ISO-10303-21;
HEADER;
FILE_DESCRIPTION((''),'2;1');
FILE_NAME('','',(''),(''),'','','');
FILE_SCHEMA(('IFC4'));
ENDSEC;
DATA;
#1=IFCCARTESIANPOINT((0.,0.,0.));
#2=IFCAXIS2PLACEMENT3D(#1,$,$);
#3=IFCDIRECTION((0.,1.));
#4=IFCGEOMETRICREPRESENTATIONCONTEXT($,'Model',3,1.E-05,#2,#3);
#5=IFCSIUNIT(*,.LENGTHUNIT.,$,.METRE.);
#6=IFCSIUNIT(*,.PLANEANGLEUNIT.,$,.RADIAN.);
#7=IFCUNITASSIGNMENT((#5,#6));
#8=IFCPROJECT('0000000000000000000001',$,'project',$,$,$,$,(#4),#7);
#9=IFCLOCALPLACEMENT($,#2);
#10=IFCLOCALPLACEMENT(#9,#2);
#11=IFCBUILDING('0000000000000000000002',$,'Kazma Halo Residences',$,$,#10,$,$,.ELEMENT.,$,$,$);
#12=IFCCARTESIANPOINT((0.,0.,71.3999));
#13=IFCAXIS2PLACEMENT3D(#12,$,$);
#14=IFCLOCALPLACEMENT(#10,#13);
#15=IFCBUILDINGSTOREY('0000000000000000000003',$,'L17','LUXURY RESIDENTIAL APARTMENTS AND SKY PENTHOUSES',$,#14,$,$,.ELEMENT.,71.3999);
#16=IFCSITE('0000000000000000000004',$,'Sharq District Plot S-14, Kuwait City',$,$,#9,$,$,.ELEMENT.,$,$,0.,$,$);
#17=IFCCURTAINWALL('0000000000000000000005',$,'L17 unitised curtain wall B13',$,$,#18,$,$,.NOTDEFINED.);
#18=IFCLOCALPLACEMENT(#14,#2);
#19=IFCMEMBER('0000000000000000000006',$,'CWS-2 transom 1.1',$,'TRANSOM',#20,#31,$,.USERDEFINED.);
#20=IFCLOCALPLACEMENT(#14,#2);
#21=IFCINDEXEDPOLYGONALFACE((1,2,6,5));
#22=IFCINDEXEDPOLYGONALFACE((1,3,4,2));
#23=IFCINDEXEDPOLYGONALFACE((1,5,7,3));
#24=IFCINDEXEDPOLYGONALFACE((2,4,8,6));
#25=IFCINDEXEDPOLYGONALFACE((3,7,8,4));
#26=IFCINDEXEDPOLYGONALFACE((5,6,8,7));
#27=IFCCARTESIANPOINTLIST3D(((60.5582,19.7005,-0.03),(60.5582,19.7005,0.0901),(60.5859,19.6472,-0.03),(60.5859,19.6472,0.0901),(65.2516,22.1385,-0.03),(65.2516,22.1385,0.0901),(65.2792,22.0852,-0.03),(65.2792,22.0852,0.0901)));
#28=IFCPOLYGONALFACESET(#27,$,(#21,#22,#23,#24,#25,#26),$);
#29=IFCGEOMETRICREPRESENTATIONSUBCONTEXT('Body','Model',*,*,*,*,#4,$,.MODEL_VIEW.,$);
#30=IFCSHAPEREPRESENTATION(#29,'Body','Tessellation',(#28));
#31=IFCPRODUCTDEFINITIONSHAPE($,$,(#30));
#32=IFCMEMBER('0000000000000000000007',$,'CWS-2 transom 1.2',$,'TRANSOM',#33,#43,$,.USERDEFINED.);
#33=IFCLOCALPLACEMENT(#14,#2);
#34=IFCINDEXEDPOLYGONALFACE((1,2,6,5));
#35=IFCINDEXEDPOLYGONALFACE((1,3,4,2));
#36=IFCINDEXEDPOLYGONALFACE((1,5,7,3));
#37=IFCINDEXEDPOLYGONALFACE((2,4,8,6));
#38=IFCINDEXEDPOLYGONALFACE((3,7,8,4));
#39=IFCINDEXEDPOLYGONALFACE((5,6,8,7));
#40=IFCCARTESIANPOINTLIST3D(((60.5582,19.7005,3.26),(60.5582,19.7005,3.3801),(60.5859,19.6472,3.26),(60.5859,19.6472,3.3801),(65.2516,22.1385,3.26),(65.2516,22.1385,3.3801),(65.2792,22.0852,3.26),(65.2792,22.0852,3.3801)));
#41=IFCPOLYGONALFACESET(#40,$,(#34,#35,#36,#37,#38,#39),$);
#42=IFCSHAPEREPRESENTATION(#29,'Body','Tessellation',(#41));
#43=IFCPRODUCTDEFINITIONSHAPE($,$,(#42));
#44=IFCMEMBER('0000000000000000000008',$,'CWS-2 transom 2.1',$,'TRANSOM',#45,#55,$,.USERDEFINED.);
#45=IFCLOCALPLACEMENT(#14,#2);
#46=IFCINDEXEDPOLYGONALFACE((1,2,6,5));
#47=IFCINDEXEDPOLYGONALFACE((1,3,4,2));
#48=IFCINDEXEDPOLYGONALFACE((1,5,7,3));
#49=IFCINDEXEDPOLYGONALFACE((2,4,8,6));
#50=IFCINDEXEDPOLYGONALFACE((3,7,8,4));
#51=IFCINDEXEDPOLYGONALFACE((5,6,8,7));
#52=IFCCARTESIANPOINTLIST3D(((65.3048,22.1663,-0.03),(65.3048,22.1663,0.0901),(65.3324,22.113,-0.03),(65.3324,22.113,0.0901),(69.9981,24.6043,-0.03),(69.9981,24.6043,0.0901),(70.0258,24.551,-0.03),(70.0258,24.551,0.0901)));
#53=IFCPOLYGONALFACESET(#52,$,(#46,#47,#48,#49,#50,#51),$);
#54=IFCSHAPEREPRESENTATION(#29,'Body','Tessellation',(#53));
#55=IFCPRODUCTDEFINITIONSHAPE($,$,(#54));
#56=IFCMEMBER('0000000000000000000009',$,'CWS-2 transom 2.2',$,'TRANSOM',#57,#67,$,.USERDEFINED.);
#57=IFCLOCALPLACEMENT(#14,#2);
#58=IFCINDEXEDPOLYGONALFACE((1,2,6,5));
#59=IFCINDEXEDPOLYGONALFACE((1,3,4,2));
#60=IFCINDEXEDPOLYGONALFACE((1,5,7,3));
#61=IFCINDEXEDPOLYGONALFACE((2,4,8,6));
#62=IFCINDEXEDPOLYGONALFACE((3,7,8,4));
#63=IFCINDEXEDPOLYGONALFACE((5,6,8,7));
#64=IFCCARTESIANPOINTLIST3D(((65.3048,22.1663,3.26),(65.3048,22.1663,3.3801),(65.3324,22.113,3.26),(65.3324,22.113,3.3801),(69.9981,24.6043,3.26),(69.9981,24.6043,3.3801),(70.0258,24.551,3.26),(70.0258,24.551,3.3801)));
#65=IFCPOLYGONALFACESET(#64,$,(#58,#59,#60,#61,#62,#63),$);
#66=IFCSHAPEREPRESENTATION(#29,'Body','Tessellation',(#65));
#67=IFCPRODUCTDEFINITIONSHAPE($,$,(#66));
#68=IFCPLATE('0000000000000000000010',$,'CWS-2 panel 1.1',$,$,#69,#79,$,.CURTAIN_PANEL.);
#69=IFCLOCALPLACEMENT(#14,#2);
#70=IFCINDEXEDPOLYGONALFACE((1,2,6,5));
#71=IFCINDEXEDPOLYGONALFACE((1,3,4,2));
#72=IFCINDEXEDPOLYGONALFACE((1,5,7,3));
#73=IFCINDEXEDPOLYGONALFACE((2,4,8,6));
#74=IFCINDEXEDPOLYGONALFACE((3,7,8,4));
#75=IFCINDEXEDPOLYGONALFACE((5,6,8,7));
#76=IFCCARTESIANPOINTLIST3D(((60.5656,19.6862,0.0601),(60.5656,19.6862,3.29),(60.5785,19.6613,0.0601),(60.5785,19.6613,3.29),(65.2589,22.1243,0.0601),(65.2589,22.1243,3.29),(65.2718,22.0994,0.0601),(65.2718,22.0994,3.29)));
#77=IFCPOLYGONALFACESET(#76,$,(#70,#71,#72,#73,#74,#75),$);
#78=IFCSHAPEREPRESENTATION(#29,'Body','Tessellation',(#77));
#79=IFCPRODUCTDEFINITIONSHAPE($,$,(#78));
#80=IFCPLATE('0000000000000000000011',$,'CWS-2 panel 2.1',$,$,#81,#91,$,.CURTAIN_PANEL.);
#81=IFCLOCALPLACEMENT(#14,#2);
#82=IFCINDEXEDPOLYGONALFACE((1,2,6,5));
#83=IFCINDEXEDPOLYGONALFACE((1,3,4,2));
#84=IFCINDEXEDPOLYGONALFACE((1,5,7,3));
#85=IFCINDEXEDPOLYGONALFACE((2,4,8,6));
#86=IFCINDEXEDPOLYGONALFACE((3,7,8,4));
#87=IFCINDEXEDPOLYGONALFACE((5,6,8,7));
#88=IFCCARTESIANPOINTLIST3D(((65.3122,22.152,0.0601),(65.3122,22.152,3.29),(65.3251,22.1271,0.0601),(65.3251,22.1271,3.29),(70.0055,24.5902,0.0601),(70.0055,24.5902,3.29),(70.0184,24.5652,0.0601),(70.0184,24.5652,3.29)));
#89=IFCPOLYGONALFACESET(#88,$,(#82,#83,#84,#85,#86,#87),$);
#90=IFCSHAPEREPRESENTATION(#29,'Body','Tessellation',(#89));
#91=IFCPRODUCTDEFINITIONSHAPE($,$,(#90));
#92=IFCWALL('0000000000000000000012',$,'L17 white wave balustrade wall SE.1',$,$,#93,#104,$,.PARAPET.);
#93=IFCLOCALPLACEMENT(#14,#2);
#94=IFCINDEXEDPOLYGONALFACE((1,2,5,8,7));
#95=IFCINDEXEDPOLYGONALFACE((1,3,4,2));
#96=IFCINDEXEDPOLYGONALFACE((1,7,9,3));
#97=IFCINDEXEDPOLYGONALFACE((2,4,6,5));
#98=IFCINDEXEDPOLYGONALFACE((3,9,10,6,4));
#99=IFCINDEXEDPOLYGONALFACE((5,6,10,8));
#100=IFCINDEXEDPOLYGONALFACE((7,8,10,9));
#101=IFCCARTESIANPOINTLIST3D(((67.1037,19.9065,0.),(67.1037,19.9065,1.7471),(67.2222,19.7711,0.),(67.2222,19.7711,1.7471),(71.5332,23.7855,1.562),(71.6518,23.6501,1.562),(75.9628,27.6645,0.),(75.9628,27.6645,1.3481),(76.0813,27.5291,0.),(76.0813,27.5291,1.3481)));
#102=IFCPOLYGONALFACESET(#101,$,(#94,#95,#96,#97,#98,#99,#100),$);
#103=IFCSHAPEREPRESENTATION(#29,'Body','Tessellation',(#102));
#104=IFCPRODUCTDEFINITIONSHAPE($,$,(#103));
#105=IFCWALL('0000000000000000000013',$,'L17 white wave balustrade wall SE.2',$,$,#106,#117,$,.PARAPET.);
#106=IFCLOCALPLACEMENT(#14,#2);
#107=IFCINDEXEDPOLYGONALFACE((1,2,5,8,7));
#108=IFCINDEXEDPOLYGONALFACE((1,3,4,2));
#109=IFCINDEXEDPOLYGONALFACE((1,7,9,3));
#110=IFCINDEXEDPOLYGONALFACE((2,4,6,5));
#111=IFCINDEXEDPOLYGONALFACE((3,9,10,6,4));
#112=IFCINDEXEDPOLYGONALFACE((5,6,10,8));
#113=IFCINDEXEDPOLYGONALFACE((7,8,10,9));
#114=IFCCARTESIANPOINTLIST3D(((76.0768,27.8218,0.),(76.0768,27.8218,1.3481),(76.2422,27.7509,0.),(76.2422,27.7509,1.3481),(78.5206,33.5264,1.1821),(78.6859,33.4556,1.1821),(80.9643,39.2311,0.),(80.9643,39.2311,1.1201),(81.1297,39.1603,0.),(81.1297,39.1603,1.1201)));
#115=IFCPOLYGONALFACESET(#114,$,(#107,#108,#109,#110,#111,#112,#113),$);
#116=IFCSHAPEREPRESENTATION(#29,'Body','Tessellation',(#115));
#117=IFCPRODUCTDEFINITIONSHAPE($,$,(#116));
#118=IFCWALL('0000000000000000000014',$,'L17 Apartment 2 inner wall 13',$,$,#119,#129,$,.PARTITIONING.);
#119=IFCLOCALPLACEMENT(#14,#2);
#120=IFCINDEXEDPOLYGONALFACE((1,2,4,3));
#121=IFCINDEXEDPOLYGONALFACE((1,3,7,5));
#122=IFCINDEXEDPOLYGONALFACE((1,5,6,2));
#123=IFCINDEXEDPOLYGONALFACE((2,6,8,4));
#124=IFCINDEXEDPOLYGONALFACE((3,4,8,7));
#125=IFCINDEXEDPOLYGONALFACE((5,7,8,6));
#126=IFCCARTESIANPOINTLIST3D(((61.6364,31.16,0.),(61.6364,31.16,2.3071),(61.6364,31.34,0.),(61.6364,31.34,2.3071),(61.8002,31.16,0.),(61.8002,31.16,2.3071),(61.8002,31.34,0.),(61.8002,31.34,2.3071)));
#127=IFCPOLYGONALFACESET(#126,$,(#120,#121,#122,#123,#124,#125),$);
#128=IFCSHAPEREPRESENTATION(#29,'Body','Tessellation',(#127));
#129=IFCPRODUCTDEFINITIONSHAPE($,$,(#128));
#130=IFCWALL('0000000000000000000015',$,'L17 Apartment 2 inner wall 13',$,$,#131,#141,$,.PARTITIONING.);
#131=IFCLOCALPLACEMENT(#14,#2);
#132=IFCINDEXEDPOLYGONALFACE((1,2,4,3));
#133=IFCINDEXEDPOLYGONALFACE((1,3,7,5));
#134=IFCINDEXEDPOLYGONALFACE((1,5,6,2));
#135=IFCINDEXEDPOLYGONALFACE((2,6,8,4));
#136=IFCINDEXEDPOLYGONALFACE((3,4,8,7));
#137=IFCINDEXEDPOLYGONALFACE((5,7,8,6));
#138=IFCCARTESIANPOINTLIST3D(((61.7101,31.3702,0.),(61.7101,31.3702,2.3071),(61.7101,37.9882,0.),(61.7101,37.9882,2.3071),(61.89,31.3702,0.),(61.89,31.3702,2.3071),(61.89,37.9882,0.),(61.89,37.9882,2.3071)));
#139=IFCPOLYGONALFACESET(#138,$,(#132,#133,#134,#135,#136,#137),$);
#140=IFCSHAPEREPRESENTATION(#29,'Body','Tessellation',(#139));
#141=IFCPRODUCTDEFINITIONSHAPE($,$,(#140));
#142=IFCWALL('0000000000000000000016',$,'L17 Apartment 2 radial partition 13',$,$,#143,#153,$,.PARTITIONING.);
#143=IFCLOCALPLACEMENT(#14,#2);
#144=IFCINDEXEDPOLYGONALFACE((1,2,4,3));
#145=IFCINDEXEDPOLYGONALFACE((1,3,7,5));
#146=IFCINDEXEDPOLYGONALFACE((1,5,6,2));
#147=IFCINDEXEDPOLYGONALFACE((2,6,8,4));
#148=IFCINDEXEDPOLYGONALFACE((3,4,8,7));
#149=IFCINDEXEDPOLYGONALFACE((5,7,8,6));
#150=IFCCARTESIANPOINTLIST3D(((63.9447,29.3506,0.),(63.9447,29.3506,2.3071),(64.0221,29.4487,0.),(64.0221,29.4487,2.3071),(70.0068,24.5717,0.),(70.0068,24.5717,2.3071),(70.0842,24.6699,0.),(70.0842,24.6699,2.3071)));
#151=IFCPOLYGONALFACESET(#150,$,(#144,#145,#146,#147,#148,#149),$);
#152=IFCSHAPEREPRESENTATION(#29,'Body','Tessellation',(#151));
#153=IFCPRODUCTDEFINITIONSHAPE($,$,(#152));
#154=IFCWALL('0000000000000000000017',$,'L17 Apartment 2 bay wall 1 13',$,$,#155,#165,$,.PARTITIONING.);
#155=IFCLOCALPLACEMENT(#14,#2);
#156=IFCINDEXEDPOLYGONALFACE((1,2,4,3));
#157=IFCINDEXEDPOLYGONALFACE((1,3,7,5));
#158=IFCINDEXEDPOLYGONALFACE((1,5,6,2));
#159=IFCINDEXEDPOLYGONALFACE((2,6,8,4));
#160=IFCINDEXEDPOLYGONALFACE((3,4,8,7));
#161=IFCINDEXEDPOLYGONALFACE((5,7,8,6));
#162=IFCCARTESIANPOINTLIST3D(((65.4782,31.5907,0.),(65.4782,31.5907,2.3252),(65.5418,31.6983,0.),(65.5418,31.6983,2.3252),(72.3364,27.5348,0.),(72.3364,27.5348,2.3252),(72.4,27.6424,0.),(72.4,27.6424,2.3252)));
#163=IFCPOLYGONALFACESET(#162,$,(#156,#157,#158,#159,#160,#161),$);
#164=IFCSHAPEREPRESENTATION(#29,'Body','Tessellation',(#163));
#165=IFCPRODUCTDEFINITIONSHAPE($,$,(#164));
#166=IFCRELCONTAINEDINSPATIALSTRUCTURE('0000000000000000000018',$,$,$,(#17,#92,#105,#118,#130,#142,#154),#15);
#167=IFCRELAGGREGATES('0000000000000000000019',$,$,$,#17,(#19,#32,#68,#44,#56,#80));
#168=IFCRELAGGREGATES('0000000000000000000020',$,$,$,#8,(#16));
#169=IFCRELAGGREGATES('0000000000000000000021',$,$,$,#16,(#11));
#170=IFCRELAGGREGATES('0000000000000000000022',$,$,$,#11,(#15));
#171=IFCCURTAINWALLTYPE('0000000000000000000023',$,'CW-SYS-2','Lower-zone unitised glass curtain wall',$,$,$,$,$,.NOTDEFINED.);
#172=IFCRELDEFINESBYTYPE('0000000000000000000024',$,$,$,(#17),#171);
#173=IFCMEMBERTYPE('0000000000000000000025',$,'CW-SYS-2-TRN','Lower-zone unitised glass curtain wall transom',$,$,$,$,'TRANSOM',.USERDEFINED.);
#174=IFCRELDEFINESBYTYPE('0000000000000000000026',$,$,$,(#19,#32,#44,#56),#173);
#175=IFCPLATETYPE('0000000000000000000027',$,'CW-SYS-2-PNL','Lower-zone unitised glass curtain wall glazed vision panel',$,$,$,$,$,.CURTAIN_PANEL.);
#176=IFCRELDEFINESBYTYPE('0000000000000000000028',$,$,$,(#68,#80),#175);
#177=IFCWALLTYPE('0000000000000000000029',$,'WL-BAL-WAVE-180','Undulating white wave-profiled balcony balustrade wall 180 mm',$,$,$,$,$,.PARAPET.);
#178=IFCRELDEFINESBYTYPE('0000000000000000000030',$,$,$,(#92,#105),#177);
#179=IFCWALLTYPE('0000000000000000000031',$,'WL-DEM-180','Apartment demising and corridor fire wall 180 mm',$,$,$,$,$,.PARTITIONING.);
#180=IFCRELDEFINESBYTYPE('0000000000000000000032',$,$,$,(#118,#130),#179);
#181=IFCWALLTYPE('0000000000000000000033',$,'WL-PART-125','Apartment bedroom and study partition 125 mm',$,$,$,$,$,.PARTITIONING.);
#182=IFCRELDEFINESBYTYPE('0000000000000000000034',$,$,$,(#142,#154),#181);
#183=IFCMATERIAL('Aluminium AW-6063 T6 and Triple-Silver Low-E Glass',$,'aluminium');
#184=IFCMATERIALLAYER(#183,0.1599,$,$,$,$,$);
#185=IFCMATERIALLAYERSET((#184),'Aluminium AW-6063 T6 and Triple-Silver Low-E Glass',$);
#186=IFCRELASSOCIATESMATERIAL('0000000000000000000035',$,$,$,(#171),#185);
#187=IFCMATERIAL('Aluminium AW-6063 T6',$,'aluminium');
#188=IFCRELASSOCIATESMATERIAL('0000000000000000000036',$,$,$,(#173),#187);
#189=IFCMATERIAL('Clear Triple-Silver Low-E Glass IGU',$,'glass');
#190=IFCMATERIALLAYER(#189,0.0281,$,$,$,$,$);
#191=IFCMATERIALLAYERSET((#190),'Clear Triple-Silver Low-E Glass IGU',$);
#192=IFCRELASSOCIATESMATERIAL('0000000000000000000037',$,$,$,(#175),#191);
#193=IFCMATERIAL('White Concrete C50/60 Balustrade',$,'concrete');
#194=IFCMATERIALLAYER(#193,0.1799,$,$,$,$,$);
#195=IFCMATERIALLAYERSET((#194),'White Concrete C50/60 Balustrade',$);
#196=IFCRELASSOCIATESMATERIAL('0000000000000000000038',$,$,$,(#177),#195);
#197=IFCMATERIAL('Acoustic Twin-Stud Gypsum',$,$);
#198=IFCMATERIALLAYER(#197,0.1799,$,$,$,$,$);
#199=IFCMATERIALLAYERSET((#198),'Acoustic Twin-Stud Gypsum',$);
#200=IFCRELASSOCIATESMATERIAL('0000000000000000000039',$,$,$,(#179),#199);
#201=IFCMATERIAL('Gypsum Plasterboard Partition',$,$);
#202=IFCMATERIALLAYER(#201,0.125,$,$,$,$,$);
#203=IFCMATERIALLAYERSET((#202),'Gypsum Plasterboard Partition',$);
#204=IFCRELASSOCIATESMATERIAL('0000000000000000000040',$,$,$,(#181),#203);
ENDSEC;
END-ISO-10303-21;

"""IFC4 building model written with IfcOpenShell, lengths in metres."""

from ifc_helpers import new_model, si_unit, direction, frame, frame_2d, origin, origin_2d, place, context, subcontext, project, spatial, polyline, rectangle, outline, extrude, material, layer, layer_set, material_profile, profile_set, type_object, element, aggregate, save


model = new_model("IFC4")

# Units and contexts
model_context = context("Model", 3, precision=1e-05, world=origin(), true_north=direction((0.0, 1.0)))
body_context = subcontext(model_context, "Body", "Model", "MODEL_VIEW")
ifc_project = project(units=[si_unit("LENGTHUNIT", "METRE"), si_unit("PLANEANGLEUNIT", "RADIAN")], contexts=[model_context])

# Site, building, storey
site_placement = place(None, origin())
site = spatial("IfcSite", under=ifc_project, at=site_placement, Name="Sharq District Plot S-14, Kuwait City", CompositionType="ELEMENT", RefElevation=0.0)
building_placement = place(site_placement, origin())
building = spatial("IfcBuilding", under=site, at=building_placement, Name="Kazma Halo Residences", CompositionType="ELEMENT")
storey_placement = place(building_placement, frame((0.0, 0.0, 71.3999)))
storey = spatial("IfcBuildingStorey", under=building, at=storey_placement, Name="L17", Description="LUXURY RESIDENTIAL APARTMENTS AND SKY PENTHOUSES", CompositionType="ELEMENT", Elevation=71.3999)

# Curtain wall, members, plates
ifc_material_1 = material(Name="Aluminium AW-6063 T6 and Triple-Silver Low-E Glass", Category="aluminium")
ifc_layer_1 = layer(ifc_material_1, 0.1599)
ifc_layer_set_1 = layer_set([ifc_layer_1], Name="Aluminium AW-6063 T6 and Triple-Silver Low-E Glass")
curtain_wall_type = type_object("IfcCurtainWallType", Name="CW-SYS-2", Description="Lower-zone unitised glass curtain wall", PredefinedType="NOTDEFINED", material=ifc_layer_set_1)
curtain_wall_placement = place(storey_placement, origin())
curtain_wall = element("IfcCurtainWall", 1, at=curtain_wall_placement, inside=storey, type_object=curtain_wall_type, Name="L17 unitised curtain wall B13", PredefinedType="NOTDEFINED")
ifc_material_2 = material(Name="Aluminium AW-6063 T6", Category="aluminium")
ifc_material_profile_1 = material_profile(ifc_material_2, rectangle(XDim=0.0601, YDim=0.1201, at=origin_2d()), Name="CWT-60x120")
ifc_profile_set_1 = profile_set([ifc_material_profile_1], Name="Aluminium AW-6063 T6")
member_type_1 = type_object("IfcMemberType", Name="CW-SYS-2-TRN", Description="Lower-zone unitised glass curtain wall transom", ElementType="TRANSOM", PredefinedType="USERDEFINED", material=ifc_profile_set_1)
member_1_placement = place(storey_placement, frame((60.572, 19.6738, 0.03), z_axis=(0.887415, 0.460972, 0.0), x_axis=(-0.460972, 0.887415, 0.0)))
member_1 = element("IfcMember", 2, at=member_1_placement, type_object=member_type_1, Name="CWS-2 transom 1.1", ObjectType="TRANSOM", PredefinedType="USERDEFINED", context=body_context, shape_type="SweptSolid", body=[
    extrude(rectangle(XDim=0.0601, YDim=0.1201, at=origin_2d()), origin(), (0.0, 0.0, 1.0), 5.2888),
])
member_2_placement = place(storey_placement, frame((60.572, 19.6738, 3.3201), z_axis=(0.887415, 0.460972, 0.0), x_axis=(-0.460972, 0.887415, 0.0)))
member_2 = element("IfcMember", 3, at=member_2_placement, type_object=member_type_1, Name="CWS-2 transom 1.2", ObjectType="TRANSOM", PredefinedType="USERDEFINED", context=body_context, shape_type="SweptSolid", body=[
    extrude(rectangle(XDim=0.0601, YDim=0.1201, at=origin_2d()), origin(), (0.0, 0.0, 1.0), 5.2888),
])
member_3_placement = place(storey_placement, frame((65.3186, 22.1396, 0.03), z_axis=(0.887415, 0.460972, 0.0), x_axis=(-0.460972, 0.887415, 0.0)))
member_3 = element("IfcMember", 4, at=member_3_placement, type_object=member_type_1, Name="CWS-2 transom 2.1", ObjectType="TRANSOM", PredefinedType="USERDEFINED", context=body_context, shape_type="SweptSolid", body=[
    extrude(rectangle(XDim=0.0601, YDim=0.1201, at=origin_2d()), origin(), (0.0, 0.0, 1.0), 5.2888),
])
member_4_placement = place(storey_placement, frame((65.3186, 22.1396, 3.3201), z_axis=(0.887415, 0.460972, 0.0), x_axis=(-0.460972, 0.887415, 0.0)))
member_4 = element("IfcMember", 5, at=member_4_placement, type_object=member_type_1, Name="CWS-2 transom 2.2", ObjectType="TRANSOM", PredefinedType="USERDEFINED", context=body_context, shape_type="SweptSolid", body=[
    extrude(rectangle(XDim=0.0601, YDim=0.1201, at=origin_2d()), origin(), (0.0, 0.0, 1.0), 5.2888),
])
ifc_material_3 = material(Name="Clear Triple-Silver Low-E Glass IGU", Category="glass")
ifc_layer_2 = layer(ifc_material_3, 0.0281)
ifc_layer_set_2 = layer_set([ifc_layer_2], Name="Clear Triple-Silver Low-E Glass IGU")
plate_type = type_object("IfcPlateType", Name="CW-SYS-2-PNL", Description="Lower-zone unitised glass curtain wall glazed vision panel", PredefinedType="CURTAIN_PANEL", material=ifc_layer_set_2)
plate_1_placement = place(storey_placement, frame((62.9187, 20.8928, 0.0601), z_axis=(0.0, 0.0, 1.0), x_axis=(0.887402, 0.460996, 0.0)))
plate_1 = element("IfcPlate", 6, at=plate_1_placement, type_object=plate_type, Name="CWS-2 panel 1.1", PredefinedType="CURTAIN_PANEL", context=body_context, shape_type="SweptSolid", body=[
    extrude(rectangle(XDim=5.2888, YDim=0.0281, at=origin_2d()), origin(), (0.0, 0.0, 1.0), 3.23),
])
plate_2_placement = place(storey_placement, frame((67.6653, 23.3586, 0.0601), z_axis=(0.0, 0.0, 1.0), x_axis=(0.887402, 0.460996, 0.0)))
plate_2 = element("IfcPlate", 7, at=plate_2_placement, type_object=plate_type, Name="CWS-2 panel 2.1", PredefinedType="CURTAIN_PANEL", context=body_context, shape_type="SweptSolid", body=[
    extrude(rectangle(XDim=5.2888, YDim=0.0281, at=origin_2d()), origin(), (0.0, 0.0, 1.0), 3.23),
])
aggregate(curtain_wall, [member_1, member_2, plate_1, member_3, member_4, plate_2])

# Walls
ifc_material_4 = material(Name="White Concrete C50/60 Balustrade", Category="concrete")
ifc_layer_3 = layer(ifc_material_4, 0.1799)
ifc_layer_set_3 = layer_set([ifc_layer_3], Name="White Concrete C50/60 Balustrade")
wall_type_1 = type_object("IfcWallType", Name="WL-BAL-WAVE-180", Description="Undulating white wave-profiled balcony balustrade wall 180 mm", PredefinedType="PARAPET", material=ifc_layer_set_3)
wall_1_placement = place(storey_placement, frame((67.1628, 19.8389, 0.0), z_axis=(0.0, 0.0, 1.0), x_axis=(0.752311, 0.658808, 0.0)))
element("IfcWall", 8, at=wall_1_placement, inside=storey, type_object=wall_type_1, Name="L17 white wave balustrade wall SE.1", PredefinedType="PARAPET", context=body_context, shape_type="SweptSolid", body=[
    extrude(outline(polyline([(0.0, 0.0), (11.7759, 0.0), (11.7759, 1.3481), (5.8879, 1.562), (0.0, 1.7471), (0.0, 0.0)])), frame((0.0, 0.0898, 0.0), z_axis=(0.0, -1.0, 0.0), x_axis=(1.0, 0.0, 0.0)), (0.0, 0.0, 1.0), 0.1799),
])
wall_2_placement = place(storey_placement, frame((76.1594, 27.7864, 0.0), z_axis=(0.0, 0.0, 1.0), x_axis=(0.393763, 0.919212, 0.0)))
element("IfcWall", 9, at=wall_2_placement, inside=storey, type_object=wall_type_1, Name="L17 white wave balustrade wall SE.2", PredefinedType="PARAPET", context=body_context, shape_type="SweptSolid", body=[
    extrude(outline(polyline([(0.0, 0.0), (12.4121, 0.0), (12.4121, 1.1201), (6.2061, 1.1821), (0.0, 1.3481), (0.0, 0.0)])), frame((0.0, 0.0898, 0.0), z_axis=(0.0, -1.0, 0.0), x_axis=(1.0, 0.0, 0.0)), (0.0, 0.0, 1.0), 0.1799),
])
ifc_material_5 = material(Name="Acoustic Twin-Stud Gypsum")
ifc_layer_4 = layer(ifc_material_5, 0.1799)
ifc_layer_set_4 = layer_set([ifc_layer_4], Name="Acoustic Twin-Stud Gypsum")
wall_type_2 = type_object("IfcWallType", Name="WL-DEM-180", Description="Apartment demising and corridor fire wall 180 mm", PredefinedType="PARTITIONING", material=ifc_layer_set_4)
wall_3_placement = place(storey_placement, frame((61.6362, 31.25, 0.0), z_axis=(0.0, 0.0, 1.0), x_axis=(1.0, 0.0, 0.0)))
element("IfcWall", 10, at=wall_3_placement, inside=storey, type_object=wall_type_2, Name="L17 Apartment 2 inner wall 13", PredefinedType="PARTITIONING", context=body_context, shape_type="SweptSolid", body=[
    extrude(rectangle(XDim=0.1638, YDim=0.1799, at=frame_2d((0.082, 0.0))), origin(), (0.0, 0.0, 1.0), 2.3071),
])
wall_4_placement = place(storey_placement, frame((61.8, 31.3701, 0.0), z_axis=(0.0, 0.0, 1.0), x_axis=(0.0, 1.0, 0.0)))
element("IfcWall", 11, at=wall_4_placement, inside=storey, type_object=wall_type_2, Name="L17 Apartment 2 inner wall 13", PredefinedType="PARTITIONING", context=body_context, shape_type="SweptSolid", body=[
    extrude(rectangle(XDim=6.6179, YDim=0.1799, at=frame_2d((3.3091, 0.0))), origin(), (0.0, 0.0, 1.0), 2.3071),
])

# Walls
ifc_material_6 = material(Name="Gypsum Plasterboard Partition")
ifc_layer_5 = layer(ifc_material_6, 0.125)
ifc_layer_set_5 = layer_set([ifc_layer_5], Name="Gypsum Plasterboard Partition")
wall_type_3 = type_object("IfcWallType", Name="WL-PART-125", Description="Apartment bedroom and study partition 125 mm", PredefinedType="PARTITIONING", material=ifc_layer_set_5)
wall_5_placement = place(storey_placement, frame((63.9834, 29.3997, 0.0), z_axis=(0.0, 0.0, 1.0), x_axis=(0.785323, -0.619086, 0.0)))
element("IfcWall", 12, at=wall_5_placement, inside=storey, type_object=wall_type_3, Name="L17 Apartment 2 radial partition 13", PredefinedType="PARTITIONING", context=body_context, shape_type="SweptSolid", body=[
    extrude(rectangle(XDim=7.7192, YDim=0.125, at=frame_2d((3.8596, 0.0))), origin(), (0.0, 0.0, 1.0), 2.3071),
])
wall_6_placement = place(storey_placement, frame((65.51, 31.6445, 0.0), z_axis=(0.0, 0.0, 1.0), x_axis=(0.860742, -0.509042, 0.0)))
element("IfcWall", 13, at=wall_6_placement, inside=storey, type_object=wall_type_3, Name="L17 Apartment 2 bay wall 1 13", PredefinedType="PARTITIONING", context=body_context, shape_type="SweptSolid", body=[
    extrude(rectangle(XDim=7.9678, YDim=0.125, at=frame_2d((3.9839, 0.0))), origin(), (0.0, 0.0, 1.0), 2.3252),
])

save(model, "model.ifc")
